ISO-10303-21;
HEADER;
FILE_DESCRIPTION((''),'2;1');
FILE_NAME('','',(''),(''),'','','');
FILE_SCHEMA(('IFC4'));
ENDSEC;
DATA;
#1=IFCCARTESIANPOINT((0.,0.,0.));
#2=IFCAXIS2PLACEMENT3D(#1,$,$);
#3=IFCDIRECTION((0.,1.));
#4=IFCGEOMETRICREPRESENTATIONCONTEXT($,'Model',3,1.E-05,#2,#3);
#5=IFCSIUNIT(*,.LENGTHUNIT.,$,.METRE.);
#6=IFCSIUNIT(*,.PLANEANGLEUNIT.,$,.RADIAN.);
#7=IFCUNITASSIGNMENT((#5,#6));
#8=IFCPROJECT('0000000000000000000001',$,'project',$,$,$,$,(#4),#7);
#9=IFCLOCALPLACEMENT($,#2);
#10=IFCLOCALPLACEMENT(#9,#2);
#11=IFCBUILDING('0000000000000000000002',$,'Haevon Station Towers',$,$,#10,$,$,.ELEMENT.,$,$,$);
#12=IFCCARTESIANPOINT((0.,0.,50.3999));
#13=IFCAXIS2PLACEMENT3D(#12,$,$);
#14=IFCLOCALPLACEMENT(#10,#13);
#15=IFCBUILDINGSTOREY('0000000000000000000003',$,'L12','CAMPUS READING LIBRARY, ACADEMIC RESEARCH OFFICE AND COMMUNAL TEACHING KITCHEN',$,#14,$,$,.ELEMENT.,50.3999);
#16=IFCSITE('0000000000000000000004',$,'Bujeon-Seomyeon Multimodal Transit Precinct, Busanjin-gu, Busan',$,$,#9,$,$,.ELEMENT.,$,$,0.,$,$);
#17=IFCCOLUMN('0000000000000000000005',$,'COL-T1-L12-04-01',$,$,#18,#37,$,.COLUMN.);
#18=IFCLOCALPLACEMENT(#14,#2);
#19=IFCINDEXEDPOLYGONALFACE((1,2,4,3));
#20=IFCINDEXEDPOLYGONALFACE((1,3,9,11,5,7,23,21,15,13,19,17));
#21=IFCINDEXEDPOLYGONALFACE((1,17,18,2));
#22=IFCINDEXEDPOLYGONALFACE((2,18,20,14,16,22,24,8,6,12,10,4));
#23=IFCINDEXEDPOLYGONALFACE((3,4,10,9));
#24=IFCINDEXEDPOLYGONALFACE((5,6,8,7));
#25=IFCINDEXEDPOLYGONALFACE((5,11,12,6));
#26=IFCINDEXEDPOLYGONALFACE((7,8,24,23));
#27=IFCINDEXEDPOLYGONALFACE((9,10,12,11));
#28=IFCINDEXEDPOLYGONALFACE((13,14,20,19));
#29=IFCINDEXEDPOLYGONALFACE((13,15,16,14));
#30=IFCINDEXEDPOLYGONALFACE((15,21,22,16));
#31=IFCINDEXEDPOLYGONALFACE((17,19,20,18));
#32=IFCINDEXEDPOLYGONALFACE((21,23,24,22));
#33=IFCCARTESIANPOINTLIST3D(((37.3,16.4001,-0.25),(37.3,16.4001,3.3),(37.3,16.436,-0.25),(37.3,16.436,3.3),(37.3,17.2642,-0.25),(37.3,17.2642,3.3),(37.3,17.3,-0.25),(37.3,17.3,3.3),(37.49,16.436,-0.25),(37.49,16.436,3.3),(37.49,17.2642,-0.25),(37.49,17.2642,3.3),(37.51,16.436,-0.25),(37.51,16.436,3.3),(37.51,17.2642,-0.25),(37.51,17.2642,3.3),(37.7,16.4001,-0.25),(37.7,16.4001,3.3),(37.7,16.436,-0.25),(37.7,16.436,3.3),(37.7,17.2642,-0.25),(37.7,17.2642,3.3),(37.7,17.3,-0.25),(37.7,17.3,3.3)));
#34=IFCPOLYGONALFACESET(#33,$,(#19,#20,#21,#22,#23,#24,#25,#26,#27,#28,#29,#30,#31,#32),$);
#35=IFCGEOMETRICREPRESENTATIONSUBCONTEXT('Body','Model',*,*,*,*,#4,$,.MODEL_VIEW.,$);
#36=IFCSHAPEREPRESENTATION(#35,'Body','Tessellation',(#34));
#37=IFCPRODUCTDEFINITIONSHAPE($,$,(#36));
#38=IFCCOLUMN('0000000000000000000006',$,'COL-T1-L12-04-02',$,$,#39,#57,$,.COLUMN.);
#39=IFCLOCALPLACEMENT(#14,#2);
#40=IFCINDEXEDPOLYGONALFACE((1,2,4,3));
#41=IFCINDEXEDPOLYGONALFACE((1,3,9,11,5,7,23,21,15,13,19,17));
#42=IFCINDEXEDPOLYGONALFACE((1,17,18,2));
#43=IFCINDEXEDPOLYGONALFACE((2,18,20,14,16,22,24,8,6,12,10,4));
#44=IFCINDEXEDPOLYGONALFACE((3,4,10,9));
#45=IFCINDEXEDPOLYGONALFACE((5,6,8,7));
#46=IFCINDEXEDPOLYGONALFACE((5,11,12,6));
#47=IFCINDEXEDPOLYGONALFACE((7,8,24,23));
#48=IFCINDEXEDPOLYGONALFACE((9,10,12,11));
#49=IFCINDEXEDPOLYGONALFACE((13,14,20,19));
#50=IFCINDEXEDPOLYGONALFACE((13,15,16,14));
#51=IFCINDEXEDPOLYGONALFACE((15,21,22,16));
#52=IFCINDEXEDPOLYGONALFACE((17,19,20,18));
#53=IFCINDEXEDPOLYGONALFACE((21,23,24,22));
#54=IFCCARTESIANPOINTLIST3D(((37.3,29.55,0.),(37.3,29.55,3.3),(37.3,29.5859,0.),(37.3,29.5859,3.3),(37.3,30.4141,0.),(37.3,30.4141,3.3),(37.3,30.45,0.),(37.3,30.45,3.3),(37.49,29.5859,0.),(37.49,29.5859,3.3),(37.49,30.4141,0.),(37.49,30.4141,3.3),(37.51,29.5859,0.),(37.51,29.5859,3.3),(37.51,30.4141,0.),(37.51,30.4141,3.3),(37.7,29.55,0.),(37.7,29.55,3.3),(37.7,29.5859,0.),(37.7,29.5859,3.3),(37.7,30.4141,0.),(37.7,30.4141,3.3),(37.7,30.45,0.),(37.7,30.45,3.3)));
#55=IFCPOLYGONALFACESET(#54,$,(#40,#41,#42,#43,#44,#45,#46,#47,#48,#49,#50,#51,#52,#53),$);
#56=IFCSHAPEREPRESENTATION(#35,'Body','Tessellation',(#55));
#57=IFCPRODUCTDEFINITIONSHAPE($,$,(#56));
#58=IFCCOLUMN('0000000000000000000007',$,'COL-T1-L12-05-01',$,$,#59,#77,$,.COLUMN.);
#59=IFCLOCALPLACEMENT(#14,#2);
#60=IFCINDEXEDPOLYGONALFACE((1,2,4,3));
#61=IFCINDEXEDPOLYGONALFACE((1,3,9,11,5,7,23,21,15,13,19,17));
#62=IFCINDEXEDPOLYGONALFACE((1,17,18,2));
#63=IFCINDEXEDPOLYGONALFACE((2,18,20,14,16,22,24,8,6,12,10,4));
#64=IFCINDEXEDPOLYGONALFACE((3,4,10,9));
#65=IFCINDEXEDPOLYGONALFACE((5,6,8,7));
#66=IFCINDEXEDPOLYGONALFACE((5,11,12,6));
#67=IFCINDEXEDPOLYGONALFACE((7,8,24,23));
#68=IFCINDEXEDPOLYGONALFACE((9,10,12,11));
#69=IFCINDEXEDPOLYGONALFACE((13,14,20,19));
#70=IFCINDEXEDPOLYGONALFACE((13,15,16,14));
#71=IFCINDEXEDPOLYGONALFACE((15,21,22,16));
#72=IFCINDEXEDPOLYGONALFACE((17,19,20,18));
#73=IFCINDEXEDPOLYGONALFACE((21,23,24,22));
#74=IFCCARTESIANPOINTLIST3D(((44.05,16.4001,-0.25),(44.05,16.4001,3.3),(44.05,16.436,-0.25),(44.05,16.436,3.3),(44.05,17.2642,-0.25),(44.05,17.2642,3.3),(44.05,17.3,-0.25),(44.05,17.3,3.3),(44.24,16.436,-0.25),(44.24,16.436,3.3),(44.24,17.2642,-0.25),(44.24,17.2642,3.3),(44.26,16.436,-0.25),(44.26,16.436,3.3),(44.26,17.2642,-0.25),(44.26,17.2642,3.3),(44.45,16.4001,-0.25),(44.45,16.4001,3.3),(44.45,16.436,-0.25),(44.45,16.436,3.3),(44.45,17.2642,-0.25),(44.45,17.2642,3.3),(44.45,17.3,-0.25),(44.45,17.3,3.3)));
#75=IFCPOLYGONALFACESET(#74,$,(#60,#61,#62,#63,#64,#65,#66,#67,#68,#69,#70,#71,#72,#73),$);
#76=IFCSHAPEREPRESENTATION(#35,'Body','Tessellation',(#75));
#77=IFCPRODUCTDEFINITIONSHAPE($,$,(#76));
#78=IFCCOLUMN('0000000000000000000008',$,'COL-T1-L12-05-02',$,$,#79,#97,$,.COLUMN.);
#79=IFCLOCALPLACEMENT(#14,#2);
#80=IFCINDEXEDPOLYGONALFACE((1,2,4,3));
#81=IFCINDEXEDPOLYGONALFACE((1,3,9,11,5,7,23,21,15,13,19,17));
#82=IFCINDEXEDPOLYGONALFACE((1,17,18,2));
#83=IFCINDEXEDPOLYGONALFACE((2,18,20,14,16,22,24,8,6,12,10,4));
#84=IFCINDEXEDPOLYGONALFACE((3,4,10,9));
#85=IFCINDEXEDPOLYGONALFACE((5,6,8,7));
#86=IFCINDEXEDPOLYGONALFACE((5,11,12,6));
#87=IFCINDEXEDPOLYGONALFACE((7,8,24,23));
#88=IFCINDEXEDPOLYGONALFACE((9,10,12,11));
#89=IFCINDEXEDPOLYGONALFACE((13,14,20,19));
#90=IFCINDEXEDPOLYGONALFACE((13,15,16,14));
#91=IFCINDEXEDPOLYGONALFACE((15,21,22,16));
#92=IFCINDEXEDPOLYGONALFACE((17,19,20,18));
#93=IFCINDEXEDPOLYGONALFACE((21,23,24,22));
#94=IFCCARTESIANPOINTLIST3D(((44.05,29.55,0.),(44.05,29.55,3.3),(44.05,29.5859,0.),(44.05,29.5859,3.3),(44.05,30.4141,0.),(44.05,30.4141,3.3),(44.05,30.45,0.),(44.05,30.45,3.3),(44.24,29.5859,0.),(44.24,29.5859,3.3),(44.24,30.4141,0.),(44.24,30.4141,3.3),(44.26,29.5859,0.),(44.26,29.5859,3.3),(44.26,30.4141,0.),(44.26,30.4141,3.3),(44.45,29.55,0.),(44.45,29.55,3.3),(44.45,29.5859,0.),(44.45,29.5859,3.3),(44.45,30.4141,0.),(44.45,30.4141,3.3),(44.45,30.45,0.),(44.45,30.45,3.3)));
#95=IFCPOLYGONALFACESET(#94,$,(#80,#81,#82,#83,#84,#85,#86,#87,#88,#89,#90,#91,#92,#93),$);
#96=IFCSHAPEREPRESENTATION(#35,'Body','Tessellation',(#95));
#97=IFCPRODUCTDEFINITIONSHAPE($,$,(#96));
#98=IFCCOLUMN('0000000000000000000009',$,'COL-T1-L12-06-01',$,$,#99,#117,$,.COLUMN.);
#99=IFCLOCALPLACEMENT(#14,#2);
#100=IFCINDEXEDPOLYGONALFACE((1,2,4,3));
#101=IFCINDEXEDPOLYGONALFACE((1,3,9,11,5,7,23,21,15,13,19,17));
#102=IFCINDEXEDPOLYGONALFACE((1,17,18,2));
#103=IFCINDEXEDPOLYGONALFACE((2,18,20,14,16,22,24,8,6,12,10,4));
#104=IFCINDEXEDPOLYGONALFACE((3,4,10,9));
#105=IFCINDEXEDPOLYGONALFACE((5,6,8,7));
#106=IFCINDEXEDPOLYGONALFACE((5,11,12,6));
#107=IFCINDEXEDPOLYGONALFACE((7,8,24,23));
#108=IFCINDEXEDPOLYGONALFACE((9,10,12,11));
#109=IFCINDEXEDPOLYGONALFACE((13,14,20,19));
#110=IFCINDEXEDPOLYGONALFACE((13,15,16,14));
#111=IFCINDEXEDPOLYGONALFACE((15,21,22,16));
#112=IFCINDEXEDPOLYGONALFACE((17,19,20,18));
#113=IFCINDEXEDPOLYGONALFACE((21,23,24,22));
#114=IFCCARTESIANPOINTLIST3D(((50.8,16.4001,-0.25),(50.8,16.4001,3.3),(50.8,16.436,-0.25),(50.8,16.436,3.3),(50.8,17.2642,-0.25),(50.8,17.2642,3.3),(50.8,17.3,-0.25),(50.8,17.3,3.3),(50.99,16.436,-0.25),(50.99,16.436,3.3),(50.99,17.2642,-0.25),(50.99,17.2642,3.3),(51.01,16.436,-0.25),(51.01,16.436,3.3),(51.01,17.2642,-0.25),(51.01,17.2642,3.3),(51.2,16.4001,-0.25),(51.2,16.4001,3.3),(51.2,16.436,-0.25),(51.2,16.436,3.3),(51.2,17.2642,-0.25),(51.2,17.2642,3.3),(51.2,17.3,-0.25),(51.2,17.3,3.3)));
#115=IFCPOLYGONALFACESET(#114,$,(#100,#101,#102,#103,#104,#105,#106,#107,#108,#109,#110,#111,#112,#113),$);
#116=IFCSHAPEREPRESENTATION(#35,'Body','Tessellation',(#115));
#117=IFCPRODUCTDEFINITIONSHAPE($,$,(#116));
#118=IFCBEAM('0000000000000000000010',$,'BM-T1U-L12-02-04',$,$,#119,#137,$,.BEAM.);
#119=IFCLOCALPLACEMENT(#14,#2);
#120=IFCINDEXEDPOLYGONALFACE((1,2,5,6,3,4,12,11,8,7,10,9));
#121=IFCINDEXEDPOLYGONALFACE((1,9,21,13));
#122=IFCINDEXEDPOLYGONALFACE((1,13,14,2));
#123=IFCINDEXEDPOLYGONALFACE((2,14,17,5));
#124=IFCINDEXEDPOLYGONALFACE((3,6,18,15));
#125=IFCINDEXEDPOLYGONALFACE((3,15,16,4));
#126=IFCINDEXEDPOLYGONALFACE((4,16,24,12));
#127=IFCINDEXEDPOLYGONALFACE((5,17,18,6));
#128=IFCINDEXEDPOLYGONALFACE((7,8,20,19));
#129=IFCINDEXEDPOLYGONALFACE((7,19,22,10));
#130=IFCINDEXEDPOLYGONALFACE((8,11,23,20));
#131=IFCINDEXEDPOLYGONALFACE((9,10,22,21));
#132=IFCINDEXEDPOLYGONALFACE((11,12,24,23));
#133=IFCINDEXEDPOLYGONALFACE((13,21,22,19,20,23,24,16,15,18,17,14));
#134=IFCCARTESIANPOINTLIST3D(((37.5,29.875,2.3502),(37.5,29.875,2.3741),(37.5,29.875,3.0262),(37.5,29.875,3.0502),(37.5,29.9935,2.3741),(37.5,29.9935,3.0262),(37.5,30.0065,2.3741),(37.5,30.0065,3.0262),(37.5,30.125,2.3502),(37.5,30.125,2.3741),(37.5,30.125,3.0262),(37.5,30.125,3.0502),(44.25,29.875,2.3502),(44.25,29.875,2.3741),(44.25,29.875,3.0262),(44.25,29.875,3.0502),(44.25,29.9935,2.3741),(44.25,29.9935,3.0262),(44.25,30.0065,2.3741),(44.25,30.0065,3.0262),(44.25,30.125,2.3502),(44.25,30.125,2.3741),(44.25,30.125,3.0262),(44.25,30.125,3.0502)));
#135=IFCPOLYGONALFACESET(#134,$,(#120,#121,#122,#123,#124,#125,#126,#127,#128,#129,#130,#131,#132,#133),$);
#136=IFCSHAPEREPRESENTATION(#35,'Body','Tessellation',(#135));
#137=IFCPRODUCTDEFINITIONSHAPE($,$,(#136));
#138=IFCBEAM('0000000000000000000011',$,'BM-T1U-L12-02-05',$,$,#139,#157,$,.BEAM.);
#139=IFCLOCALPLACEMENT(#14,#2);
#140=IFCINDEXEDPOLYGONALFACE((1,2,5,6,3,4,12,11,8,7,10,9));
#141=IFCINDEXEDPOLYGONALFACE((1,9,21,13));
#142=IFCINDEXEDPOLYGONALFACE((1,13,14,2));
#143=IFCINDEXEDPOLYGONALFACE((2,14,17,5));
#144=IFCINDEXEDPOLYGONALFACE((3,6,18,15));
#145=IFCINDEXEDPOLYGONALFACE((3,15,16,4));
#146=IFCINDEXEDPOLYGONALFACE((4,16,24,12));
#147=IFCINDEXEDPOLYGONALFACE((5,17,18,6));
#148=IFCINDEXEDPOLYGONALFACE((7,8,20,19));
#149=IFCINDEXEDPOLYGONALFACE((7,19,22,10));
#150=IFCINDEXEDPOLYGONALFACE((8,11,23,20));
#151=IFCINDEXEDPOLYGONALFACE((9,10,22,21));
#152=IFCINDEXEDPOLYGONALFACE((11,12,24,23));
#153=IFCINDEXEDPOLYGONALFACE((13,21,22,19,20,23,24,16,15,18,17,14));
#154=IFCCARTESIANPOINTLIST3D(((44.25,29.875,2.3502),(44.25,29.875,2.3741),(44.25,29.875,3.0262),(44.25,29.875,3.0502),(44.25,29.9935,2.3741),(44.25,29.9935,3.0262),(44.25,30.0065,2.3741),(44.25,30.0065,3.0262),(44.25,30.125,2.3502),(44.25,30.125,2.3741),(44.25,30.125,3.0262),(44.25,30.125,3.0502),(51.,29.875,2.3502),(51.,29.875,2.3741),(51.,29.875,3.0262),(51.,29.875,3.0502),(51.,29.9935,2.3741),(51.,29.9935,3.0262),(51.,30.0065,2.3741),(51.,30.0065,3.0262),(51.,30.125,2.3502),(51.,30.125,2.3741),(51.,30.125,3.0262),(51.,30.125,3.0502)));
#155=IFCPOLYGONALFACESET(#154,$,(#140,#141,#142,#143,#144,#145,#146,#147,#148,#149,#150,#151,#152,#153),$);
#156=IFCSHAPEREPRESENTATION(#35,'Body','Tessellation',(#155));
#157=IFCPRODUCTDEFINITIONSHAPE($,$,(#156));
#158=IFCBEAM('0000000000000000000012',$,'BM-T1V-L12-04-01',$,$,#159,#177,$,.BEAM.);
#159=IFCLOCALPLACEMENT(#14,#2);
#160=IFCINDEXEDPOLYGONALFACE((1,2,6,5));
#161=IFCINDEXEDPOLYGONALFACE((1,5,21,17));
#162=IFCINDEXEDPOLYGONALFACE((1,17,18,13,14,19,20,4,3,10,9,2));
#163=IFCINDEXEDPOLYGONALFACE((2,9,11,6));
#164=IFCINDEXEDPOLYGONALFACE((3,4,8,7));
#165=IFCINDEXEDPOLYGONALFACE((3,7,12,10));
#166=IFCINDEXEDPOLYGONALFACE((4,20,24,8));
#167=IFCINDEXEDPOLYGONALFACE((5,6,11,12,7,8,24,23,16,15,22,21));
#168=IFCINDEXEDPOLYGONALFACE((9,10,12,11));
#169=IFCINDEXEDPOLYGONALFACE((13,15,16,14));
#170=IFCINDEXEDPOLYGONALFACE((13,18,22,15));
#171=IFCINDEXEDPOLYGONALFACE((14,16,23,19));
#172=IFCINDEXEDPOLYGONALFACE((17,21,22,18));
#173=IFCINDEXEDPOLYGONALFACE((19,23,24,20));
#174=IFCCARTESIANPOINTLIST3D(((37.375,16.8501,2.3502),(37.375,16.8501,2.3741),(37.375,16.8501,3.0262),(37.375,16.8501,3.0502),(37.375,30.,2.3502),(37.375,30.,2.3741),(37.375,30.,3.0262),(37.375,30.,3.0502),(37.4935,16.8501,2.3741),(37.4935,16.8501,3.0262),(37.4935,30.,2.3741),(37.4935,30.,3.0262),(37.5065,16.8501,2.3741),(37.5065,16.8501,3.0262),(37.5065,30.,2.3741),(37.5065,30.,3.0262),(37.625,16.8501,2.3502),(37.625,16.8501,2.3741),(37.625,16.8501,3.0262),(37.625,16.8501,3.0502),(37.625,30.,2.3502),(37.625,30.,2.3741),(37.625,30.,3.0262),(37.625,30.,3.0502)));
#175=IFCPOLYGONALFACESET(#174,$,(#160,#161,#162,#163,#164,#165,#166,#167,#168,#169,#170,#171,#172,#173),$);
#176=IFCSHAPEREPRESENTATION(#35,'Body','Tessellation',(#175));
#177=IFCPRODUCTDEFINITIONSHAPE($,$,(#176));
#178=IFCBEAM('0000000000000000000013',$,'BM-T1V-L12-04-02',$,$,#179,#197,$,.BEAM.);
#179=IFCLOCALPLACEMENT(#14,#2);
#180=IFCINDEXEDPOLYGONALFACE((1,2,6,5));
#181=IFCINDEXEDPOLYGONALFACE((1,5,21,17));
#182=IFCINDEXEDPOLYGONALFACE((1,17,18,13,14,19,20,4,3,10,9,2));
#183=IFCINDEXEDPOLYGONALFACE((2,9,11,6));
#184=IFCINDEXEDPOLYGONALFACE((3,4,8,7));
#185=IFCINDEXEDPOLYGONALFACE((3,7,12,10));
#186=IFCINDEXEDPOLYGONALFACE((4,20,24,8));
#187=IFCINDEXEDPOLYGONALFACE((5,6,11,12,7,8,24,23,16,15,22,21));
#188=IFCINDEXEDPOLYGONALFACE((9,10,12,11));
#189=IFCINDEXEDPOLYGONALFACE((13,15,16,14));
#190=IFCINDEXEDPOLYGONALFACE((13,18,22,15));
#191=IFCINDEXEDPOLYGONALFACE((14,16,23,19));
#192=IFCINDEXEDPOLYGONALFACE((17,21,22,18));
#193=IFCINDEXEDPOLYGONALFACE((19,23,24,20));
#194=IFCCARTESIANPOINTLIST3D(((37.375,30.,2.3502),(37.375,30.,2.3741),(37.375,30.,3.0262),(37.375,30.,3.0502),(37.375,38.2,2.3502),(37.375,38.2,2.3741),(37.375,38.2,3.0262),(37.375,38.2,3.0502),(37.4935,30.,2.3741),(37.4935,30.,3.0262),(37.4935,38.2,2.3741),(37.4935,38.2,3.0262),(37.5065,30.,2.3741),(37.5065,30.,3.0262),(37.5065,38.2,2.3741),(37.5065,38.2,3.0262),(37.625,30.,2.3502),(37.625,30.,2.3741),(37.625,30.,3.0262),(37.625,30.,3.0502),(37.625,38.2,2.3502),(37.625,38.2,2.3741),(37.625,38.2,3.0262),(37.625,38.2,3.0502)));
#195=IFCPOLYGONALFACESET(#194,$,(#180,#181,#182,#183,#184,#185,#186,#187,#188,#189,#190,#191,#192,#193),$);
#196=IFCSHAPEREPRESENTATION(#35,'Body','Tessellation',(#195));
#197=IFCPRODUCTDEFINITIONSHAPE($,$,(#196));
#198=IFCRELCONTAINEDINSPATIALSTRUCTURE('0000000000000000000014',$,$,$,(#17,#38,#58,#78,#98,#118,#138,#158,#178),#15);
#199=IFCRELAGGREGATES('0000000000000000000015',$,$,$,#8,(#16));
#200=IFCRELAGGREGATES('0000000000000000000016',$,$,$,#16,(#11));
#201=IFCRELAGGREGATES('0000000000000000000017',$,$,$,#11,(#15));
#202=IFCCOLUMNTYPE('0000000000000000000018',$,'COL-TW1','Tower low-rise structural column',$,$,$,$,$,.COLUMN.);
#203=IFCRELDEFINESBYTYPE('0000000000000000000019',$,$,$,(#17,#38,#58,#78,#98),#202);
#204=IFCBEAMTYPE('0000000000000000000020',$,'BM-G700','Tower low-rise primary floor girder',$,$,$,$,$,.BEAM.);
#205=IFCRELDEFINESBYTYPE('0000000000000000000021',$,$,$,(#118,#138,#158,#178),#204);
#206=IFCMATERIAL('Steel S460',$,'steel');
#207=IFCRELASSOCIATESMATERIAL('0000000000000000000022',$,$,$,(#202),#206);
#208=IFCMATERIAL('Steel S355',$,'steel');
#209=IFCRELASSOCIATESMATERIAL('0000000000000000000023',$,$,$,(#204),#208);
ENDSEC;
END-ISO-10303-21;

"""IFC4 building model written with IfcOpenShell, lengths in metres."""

from ifc_helpers import new_model, si_unit, direction, frame, origin, origin_2d, place, context, subcontext, project, spatial, i_section, extrude, material, material_profile, profile_set, type_object, element, save


model = new_model("IFC4")

# Units and contexts
model_context = context("Model", 3, precision=1e-05, world=origin(), true_north=direction((0.0, 1.0)))
body_context = subcontext(model_context, "Body", "Model", "MODEL_VIEW")
ifc_project = project(units=[si_unit("LENGTHUNIT", "METRE"), si_unit("PLANEANGLEUNIT", "RADIAN")], contexts=[model_context])

# Site, building, storey
site_placement = place(None, origin())
site = spatial("IfcSite", under=ifc_project, at=site_placement, Name="Bujeon-Seomyeon Multimodal Transit Precinct, Busanjin-gu, Busan", CompositionType="ELEMENT", RefElevation=0.0)
building_placement = place(site_placement, origin())
building = spatial("IfcBuilding", under=site, at=building_placement, Name="Haevon Station Towers", CompositionType="ELEMENT")
storey_placement = place(building_placement, frame((0.0, 0.0, 50.3999)))
storey = spatial("IfcBuildingStorey", under=building, at=storey_placement, Name="L12", Description="CAMPUS READING LIBRARY, ACADEMIC RESEARCH OFFICE AND COMMUNAL TEACHING KITCHEN", CompositionType="ELEMENT", Elevation=50.3999)

# Columns
ifc_material_1 = material(Name="Steel S460", Category="steel")
ifc_material_profile_1 = material_profile(ifc_material_1, i_section(OverallWidth=0.3999, OverallDepth=0.8999, WebThickness=0.02, FlangeThickness=0.0359, at=origin_2d()), Name="H-900x400x20x36")
ifc_profile_set_1 = profile_set([ifc_material_profile_1], Name="Steel S460")
column_type = type_object("IfcColumnType", Name="COL-TW1", Description="Tower low-rise structural column", PredefinedType="COLUMN", material=ifc_profile_set_1)
column_1_placement = place(storey_placement, frame((37.5, 16.8501, -0.25), z_axis=(0.0, 0.0, 1.0), x_axis=(1.0, 0.0, 0.0)))
element("IfcColumn", 1, at=column_1_placement, inside=storey, type_object=column_type, Name="COL-T1-L12-04-01", PredefinedType="COLUMN", context=body_context, shape_type="SweptSolid", body=[
    extrude(i_section(OverallWidth=0.3999, OverallDepth=0.8999, WebThickness=0.02, FlangeThickness=0.0359, at=origin_2d()), origin(), (0.0, 0.0, 1.0), 3.55),
])
column_2_placement = place(storey_placement, frame((37.5, 30.0, 0.0), z_axis=(0.0, 0.0, 1.0), x_axis=(1.0, 0.0, 0.0)))
element("IfcColumn", 2, at=column_2_placement, inside=storey, type_object=column_type, Name="COL-T1-L12-04-02", PredefinedType="COLUMN", context=body_context, shape_type="SweptSolid", body=[
    extrude(i_section(OverallWidth=0.3999, OverallDepth=0.8999, WebThickness=0.02, FlangeThickness=0.0359, at=origin_2d()), origin(), (0.0, 0.0, 1.0), 3.3),
])
column_3_placement = place(storey_placement, frame((44.25, 16.8501, -0.25), z_axis=(0.0, 0.0, 1.0), x_axis=(1.0, 0.0, 0.0)))
element("IfcColumn", 3, at=column_3_placement, inside=storey, type_object=column_type, Name="COL-T1-L12-05-01", PredefinedType="COLUMN", context=body_context, shape_type="SweptSolid", body=[
    extrude(i_section(OverallWidth=0.3999, OverallDepth=0.8999, WebThickness=0.02, FlangeThickness=0.0359, at=origin_2d()), origin(), (0.0, 0.0, 1.0), 3.55),
])
column_4_placement = place(storey_placement, frame((44.25, 30.0, 0.0), z_axis=(0.0, 0.0, 1.0), x_axis=(1.0, 0.0, 0.0)))
element("IfcColumn", 4, at=column_4_placement, inside=storey, type_object=column_type, Name="COL-T1-L12-05-02", PredefinedType="COLUMN", context=body_context, shape_type="SweptSolid", body=[
    extrude(i_section(OverallWidth=0.3999, OverallDepth=0.8999, WebThickness=0.02, FlangeThickness=0.0359, at=origin_2d()), origin(), (0.0, 0.0, 1.0), 3.3),
])
column_5_placement = place(storey_placement, frame((51.0, 16.8501, -0.25), z_axis=(0.0, 0.0, 1.0), x_axis=(1.0, 0.0, 0.0)))
element("IfcColumn", 5, at=column_5_placement, inside=storey, type_object=column_type, Name="COL-T1-L12-06-01", PredefinedType="COLUMN", context=body_context, shape_type="SweptSolid", body=[
    extrude(i_section(OverallWidth=0.3999, OverallDepth=0.8999, WebThickness=0.02, FlangeThickness=0.0359, at=origin_2d()), origin(), (0.0, 0.0, 1.0), 3.55),
])

# Beams
ifc_material_2 = material(Name="Steel S355", Category="steel")
ifc_material_profile_2 = material_profile(ifc_material_2, i_section(OverallWidth=0.25, OverallDepth=0.7, WebThickness=0.0129, FlangeThickness=0.0239, at=origin_2d()), Name="H-700x250x13x24")
ifc_profile_set_2 = profile_set([ifc_material_profile_2], Name="Steel S355")
beam_type_1 = type_object("IfcBeamType", Name="BM-G700", Description="Tower low-rise primary floor girder", PredefinedType="BEAM", material=ifc_profile_set_2)
for number, where, z_axis, x_axis, name in (
    (6, (37.5, 30.0, 2.7002), (1.0, 0.0, 0.0), (0.0, 1.0, 0.0), "BM-T1U-L12-02-04"),
    (7, (44.25, 30.0, 2.7002), (1.0, 0.0, 0.0), (0.0, 1.0, 0.0), "BM-T1U-L12-02-05"),
):
    element("IfcBeam", number, at=place(storey_placement, frame(where, z_axis=z_axis, x_axis=x_axis)), inside=storey, type_object=beam_type_1, Name=name, PredefinedType="BEAM", context=body_context, shape_type="SweptSolid", body=[
        extrude(i_section(OverallWidth=0.25, OverallDepth=0.7, WebThickness=0.0129, FlangeThickness=0.0239, at=origin_2d()), origin(), (0.0, 0.0, 1.0), 6.75),
    ])
beam_1_placement = place(storey_placement, frame((37.5, 16.8501, 2.7002), z_axis=(0.0, 1.0, 0.0), x_axis=(-1.0, 0.0, 0.0)))
element("IfcBeam", 8, at=beam_1_placement, inside=storey, type_object=beam_type_1, Name="BM-T1V-L12-04-01", PredefinedType="BEAM", context=body_context, shape_type="SweptSolid", body=[
    extrude(i_section(OverallWidth=0.25, OverallDepth=0.7, WebThickness=0.0129, FlangeThickness=0.0239, at=origin_2d()), origin(), (0.0, 0.0, 1.0), 13.1499),
])
beam_2_placement = place(storey_placement, frame((37.5, 30.0, 2.7002), z_axis=(0.0, 1.0, 0.0), x_axis=(-1.0, 0.0, 0.0)))
element("IfcBeam", 9, at=beam_2_placement, inside=storey, type_object=beam_type_1, Name="BM-T1V-L12-04-02", PredefinedType="BEAM", context=body_context, shape_type="SweptSolid", body=[
    extrude(i_section(OverallWidth=0.25, OverallDepth=0.7, WebThickness=0.0129, FlangeThickness=0.0239, at=origin_2d()), origin(), (0.0, 0.0, 1.0), 8.2),
])

save(model, "model.ifc")
